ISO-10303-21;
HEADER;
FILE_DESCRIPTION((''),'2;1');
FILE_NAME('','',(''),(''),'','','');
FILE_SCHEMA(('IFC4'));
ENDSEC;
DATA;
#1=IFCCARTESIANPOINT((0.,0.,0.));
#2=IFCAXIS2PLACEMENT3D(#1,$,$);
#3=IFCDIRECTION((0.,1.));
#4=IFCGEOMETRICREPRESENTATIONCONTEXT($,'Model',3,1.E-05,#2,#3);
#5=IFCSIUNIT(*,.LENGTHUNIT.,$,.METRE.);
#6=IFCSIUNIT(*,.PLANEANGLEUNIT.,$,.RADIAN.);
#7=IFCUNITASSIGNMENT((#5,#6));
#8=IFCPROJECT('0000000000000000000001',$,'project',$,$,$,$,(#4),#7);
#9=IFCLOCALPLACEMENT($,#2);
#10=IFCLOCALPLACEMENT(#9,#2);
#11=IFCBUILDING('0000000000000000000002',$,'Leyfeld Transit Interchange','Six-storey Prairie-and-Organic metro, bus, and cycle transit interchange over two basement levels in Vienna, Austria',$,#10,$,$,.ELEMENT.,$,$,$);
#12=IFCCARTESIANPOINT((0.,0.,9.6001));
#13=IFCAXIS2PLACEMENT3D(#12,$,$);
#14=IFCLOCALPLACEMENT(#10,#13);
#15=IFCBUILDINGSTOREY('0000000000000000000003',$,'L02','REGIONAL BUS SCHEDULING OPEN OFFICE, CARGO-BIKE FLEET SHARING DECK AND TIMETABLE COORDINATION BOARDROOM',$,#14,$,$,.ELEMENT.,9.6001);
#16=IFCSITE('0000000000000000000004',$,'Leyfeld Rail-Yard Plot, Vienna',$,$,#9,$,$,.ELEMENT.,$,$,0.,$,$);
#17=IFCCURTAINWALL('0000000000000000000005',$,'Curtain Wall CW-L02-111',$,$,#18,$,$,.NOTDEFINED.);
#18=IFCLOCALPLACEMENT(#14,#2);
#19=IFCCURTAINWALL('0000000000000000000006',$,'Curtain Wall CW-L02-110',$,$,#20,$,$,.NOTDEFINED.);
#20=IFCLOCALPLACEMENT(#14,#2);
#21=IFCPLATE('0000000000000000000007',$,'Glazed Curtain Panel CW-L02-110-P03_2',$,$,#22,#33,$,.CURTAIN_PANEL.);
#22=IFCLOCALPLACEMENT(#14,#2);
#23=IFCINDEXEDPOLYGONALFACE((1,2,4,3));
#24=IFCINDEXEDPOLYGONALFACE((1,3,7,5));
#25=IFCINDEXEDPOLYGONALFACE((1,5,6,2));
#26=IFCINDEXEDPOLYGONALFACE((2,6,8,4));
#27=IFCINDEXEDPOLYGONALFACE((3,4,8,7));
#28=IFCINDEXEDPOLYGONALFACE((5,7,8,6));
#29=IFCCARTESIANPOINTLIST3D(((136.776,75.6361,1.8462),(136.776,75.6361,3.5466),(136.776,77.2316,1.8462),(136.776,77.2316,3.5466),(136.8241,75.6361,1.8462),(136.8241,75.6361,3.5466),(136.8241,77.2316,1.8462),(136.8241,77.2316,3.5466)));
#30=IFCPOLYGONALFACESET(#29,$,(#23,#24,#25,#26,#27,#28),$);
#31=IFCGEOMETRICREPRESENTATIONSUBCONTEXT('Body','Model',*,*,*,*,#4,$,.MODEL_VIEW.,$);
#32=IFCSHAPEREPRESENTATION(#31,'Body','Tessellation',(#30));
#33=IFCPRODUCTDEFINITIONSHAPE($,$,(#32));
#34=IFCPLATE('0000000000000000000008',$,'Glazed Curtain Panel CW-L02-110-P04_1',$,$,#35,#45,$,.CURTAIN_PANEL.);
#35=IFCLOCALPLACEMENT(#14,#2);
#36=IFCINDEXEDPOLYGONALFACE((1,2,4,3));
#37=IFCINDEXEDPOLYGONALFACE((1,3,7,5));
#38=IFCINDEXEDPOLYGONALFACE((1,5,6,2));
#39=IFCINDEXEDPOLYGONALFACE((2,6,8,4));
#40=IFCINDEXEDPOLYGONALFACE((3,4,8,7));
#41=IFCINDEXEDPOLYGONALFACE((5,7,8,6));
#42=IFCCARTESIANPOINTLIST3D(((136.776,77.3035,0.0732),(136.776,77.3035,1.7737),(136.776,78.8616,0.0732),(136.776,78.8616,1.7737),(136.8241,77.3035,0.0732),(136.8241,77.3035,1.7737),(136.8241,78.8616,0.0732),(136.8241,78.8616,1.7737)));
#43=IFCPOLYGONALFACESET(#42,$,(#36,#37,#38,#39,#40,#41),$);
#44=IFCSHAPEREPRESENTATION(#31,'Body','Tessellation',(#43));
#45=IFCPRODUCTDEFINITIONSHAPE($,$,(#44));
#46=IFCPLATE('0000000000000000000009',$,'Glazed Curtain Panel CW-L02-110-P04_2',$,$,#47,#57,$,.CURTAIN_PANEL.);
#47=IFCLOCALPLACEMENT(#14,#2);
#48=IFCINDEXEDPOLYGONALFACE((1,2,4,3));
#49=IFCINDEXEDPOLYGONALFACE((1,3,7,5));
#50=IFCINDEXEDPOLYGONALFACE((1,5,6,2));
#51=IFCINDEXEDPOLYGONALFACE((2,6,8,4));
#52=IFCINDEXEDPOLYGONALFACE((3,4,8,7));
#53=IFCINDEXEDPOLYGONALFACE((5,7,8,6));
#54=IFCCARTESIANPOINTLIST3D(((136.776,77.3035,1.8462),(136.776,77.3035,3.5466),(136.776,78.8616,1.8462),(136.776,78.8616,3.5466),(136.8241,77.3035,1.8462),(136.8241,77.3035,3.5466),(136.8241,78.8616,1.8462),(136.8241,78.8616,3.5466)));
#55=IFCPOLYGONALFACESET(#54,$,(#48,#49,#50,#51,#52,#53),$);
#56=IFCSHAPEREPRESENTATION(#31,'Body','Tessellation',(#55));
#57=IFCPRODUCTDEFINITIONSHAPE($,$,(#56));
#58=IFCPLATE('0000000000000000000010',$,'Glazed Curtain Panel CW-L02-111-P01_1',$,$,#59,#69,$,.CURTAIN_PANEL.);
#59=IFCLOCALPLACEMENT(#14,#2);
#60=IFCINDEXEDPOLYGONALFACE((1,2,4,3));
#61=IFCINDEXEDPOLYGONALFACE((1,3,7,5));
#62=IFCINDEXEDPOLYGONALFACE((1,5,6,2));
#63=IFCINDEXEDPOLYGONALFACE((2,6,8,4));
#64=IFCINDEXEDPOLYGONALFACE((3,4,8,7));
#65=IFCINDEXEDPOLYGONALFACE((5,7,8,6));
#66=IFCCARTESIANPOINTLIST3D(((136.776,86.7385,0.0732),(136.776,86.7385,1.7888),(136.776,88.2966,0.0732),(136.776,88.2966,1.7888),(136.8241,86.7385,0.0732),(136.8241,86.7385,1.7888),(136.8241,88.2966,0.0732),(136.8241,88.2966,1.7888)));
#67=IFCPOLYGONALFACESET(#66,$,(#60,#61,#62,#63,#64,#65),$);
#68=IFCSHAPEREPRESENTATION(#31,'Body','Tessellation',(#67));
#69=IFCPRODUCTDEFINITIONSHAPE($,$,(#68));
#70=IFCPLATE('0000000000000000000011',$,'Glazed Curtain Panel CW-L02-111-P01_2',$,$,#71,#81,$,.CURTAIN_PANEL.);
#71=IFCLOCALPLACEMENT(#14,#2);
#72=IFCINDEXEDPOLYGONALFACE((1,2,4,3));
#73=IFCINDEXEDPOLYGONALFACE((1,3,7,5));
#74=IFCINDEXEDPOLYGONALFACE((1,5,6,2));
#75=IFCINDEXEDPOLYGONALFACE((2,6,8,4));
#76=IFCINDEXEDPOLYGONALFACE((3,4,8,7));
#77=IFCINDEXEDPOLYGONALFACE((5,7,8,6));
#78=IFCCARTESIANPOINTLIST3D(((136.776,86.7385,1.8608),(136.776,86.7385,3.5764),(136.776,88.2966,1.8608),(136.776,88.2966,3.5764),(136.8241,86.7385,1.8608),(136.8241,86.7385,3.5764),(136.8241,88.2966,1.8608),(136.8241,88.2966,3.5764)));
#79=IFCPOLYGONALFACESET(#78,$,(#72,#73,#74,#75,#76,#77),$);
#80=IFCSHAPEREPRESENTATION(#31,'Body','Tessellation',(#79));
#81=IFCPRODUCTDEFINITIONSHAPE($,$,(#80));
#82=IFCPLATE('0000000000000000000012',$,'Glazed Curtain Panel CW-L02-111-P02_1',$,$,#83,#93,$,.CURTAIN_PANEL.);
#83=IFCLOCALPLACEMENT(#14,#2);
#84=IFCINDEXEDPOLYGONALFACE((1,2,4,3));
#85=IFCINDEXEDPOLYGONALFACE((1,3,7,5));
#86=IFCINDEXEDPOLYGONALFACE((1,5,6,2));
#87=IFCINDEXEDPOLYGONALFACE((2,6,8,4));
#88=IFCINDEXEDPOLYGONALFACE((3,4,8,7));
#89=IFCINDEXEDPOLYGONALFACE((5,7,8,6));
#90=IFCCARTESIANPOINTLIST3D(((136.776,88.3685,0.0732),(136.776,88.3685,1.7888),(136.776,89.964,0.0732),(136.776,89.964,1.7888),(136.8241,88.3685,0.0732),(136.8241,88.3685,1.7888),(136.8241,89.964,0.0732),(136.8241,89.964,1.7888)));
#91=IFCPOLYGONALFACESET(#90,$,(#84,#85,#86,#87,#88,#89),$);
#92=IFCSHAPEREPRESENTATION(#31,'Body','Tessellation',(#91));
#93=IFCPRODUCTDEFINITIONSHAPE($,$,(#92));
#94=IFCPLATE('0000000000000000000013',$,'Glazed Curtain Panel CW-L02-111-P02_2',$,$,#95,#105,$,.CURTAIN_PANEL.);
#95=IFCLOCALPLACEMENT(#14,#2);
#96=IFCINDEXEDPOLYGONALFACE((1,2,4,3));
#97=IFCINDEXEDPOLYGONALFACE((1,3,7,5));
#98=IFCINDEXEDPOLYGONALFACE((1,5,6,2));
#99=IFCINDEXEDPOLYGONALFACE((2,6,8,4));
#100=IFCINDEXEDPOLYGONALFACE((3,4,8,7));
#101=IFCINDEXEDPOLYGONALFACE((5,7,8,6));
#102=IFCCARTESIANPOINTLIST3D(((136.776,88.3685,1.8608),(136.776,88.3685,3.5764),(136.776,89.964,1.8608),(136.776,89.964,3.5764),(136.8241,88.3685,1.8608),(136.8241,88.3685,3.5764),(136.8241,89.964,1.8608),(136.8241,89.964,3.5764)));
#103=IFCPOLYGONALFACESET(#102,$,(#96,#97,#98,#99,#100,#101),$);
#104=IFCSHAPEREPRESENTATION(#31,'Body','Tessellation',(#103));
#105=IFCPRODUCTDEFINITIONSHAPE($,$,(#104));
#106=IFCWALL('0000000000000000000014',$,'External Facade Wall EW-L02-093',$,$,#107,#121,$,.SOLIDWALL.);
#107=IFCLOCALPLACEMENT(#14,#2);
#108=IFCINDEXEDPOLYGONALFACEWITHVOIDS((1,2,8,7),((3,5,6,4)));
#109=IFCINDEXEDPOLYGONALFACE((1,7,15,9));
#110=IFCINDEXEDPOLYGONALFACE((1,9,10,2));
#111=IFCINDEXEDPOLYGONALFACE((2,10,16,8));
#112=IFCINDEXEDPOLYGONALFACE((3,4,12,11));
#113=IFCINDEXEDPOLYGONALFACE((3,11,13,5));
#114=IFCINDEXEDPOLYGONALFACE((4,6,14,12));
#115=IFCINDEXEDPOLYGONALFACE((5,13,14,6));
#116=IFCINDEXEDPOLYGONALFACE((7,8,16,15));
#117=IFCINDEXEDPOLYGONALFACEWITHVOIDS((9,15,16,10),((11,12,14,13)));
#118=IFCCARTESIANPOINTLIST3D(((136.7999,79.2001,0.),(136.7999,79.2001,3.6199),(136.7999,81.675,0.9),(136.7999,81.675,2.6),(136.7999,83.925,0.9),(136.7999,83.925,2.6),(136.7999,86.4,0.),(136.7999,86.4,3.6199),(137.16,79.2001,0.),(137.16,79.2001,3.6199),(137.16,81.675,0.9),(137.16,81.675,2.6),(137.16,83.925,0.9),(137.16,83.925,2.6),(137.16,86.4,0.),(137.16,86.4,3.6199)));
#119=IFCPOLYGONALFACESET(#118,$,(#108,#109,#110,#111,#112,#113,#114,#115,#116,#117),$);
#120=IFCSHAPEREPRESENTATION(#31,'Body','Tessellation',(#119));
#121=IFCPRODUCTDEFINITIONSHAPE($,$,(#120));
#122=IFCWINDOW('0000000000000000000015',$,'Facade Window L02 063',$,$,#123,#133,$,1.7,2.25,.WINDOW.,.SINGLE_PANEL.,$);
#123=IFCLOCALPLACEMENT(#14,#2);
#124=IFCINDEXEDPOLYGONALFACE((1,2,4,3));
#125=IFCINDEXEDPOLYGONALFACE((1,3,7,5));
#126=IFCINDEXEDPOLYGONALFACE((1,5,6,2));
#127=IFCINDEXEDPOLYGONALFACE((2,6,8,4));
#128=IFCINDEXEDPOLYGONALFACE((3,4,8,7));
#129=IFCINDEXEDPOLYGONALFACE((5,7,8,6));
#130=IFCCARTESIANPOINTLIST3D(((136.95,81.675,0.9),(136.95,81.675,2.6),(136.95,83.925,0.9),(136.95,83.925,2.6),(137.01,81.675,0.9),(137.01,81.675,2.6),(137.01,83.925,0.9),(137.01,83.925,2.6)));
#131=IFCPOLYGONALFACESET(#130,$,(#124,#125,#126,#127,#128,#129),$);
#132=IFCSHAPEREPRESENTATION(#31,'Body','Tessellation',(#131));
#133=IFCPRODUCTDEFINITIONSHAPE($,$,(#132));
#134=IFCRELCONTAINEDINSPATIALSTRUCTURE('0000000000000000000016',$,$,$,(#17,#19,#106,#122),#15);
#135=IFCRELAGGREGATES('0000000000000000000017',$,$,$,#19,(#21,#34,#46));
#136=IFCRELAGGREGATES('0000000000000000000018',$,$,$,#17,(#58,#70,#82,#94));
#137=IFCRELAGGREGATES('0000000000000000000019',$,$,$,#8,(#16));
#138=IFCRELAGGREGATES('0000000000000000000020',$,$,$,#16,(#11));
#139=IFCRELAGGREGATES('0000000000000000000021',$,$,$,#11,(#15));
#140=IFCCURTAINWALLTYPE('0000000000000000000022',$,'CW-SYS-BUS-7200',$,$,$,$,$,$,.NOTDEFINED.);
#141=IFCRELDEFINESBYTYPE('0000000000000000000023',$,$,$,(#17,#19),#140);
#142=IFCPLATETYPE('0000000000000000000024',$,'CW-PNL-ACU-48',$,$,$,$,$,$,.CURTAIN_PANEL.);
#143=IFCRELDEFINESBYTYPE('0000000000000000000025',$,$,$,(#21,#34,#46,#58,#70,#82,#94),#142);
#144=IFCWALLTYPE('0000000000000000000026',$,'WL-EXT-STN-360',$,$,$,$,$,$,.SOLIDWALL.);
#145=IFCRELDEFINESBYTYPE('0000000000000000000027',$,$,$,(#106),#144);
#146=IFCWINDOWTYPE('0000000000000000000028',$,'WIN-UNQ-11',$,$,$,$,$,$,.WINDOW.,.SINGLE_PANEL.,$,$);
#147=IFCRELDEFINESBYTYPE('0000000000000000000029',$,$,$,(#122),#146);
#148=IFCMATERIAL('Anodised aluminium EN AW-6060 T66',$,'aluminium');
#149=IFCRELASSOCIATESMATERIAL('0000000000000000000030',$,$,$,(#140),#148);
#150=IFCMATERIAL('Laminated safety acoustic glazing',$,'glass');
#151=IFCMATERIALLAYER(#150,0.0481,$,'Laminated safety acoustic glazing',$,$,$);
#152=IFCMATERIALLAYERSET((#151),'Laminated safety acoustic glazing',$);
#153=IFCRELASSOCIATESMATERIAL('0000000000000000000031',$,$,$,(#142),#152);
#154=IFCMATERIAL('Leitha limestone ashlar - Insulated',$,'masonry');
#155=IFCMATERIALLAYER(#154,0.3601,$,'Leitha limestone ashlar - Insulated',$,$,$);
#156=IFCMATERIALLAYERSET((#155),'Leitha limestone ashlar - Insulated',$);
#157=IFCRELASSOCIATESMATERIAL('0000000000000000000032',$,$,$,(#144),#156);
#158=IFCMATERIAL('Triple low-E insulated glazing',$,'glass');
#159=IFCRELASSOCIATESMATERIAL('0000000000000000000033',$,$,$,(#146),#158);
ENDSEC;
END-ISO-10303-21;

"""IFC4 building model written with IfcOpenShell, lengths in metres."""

from ifc_helpers import new_model, si_unit, direction, frame, frame_2d, origin, origin_2d, place, context, subcontext, project, spatial, rectangle, extrude, material, layer, layer_set, type_object, element, fill, aggregate, save


model = new_model("IFC4")

# Units and contexts
model_context = context("Model", 3, precision=1e-05, world=origin(), true_north=direction((0.0, 1.0)))
body_context = subcontext(model_context, "Body", "Model", "MODEL_VIEW")
ifc_project = project(units=[si_unit("LENGTHUNIT", "METRE"), si_unit("PLANEANGLEUNIT", "RADIAN")], contexts=[model_context])

# Site, building, storey
site_placement = place(None, origin())
site = spatial("IfcSite", under=ifc_project, at=site_placement, Name="Leyfeld Rail-Yard Plot, Vienna", CompositionType="ELEMENT", RefElevation=0.0)
building_placement = place(site_placement, origin())
building = spatial("IfcBuilding", under=site, at=building_placement, Name="Leyfeld Transit Interchange", Description="Six-storey Prairie-and-Organic metro, bus, and cycle transit interchange over two basement levels in Vienna, Austria", CompositionType="ELEMENT")
storey_placement = place(building_placement, frame((0.0, 0.0, 9.6001)))
storey = spatial("IfcBuildingStorey", under=building, at=storey_placement, Name="L02", Description="REGIONAL BUS SCHEDULING OPEN OFFICE, CARGO-BIKE FLEET SHARING DECK AND TIMETABLE COORDINATION BOARDROOM", CompositionType="ELEMENT", Elevation=9.6001)

# Curtain wall
ifc_material_1 = material(Name="Anodised aluminium EN AW-6060 T66", Category="aluminium")
curtain_wall_type = type_object("IfcCurtainWallType", Name="CW-SYS-BUS-7200", PredefinedType="NOTDEFINED", material=ifc_material_1)
curtain_wall_1_placement = place(storey_placement, origin())
curtain_wall_1 = element("IfcCurtainWall", 1, at=curtain_wall_1_placement, inside=storey, type_object=curtain_wall_type, Name="Curtain Wall CW-L02-111", PredefinedType="NOTDEFINED")

# Curtain wall, plates
curtain_wall_2_placement = place(storey_placement, origin())
curtain_wall_2 = element("IfcCurtainWall", 2, at=curtain_wall_2_placement, inside=storey, type_object=curtain_wall_type, Name="Curtain Wall CW-L02-110", PredefinedType="NOTDEFINED")
ifc_material_2 = material(Name="Laminated safety acoustic glazing", Category="glass")
ifc_layer_1 = layer(ifc_material_2, 0.0481, Name="Laminated safety acoustic glazing")
ifc_layer_set_1 = layer_set([ifc_layer_1], Name="Laminated safety acoustic glazing")
plate_type = type_object("IfcPlateType", Name="CW-PNL-ACU-48", PredefinedType="CURTAIN_PANEL", material=ifc_layer_set_1)
plate_1_placement = place(storey_placement, frame((136.8, 76.4338, 1.8462), z_axis=(0.0, 0.0, 1.0), x_axis=(0.0, 1.0, 0.0)))
plate_1 = element("IfcPlate", 3, at=plate_1_placement, type_object=plate_type, Name="Glazed Curtain Panel CW-L02-110-P03_2", PredefinedType="CURTAIN_PANEL", context=body_context, shape_type="SweptSolid", body=[
    extrude(rectangle(XDim=1.5955, YDim=0.0481, at=origin_2d()), origin(), (0.0, 0.0, 1.0), 1.7004),
])
plate_2_placement = place(storey_placement, frame((136.8, 78.0825, 0.0732), z_axis=(0.0, 0.0, 1.0), x_axis=(0.0, 1.0, 0.0)))
plate_2 = element("IfcPlate", 4, at=plate_2_placement, type_object=plate_type, Name="Glazed Curtain Panel CW-L02-110-P04_1", PredefinedType="CURTAIN_PANEL", context=body_context, shape_type="SweptSolid", body=[
    extrude(rectangle(XDim=1.5581, YDim=0.0481, at=origin_2d()), origin(), (0.0, 0.0, 1.0), 1.7004),
])
plate_3_placement = place(storey_placement, frame((136.8, 78.0825, 1.8462), z_axis=(0.0, 0.0, 1.0), x_axis=(0.0, 1.0, 0.0)))
plate_3 = element("IfcPlate", 5, at=plate_3_placement, type_object=plate_type, Name="Glazed Curtain Panel CW-L02-110-P04_2", PredefinedType="CURTAIN_PANEL", context=body_context, shape_type="SweptSolid", body=[
    extrude(rectangle(XDim=1.5581, YDim=0.0481, at=origin_2d()), origin(), (0.0, 0.0, 1.0), 1.7004),
])
aggregate(curtain_wall_2, [plate_1, plate_2, plate_3])

# Plates
plate_4_placement = place(storey_placement, frame((136.8, 87.5176, 0.0732), z_axis=(0.0, 0.0, 1.0), x_axis=(0.0, 1.0, 0.0)))
plate_4 = element("IfcPlate", 6, at=plate_4_placement, type_object=plate_type, Name="Glazed Curtain Panel CW-L02-111-P01_1", PredefinedType="CURTAIN_PANEL", context=body_context, shape_type="SweptSolid", body=[
    extrude(rectangle(XDim=1.5581, YDim=0.0481, at=origin_2d()), origin(), (0.0, 0.0, 1.0), 1.7156),
])
plate_5_placement = place(storey_placement, frame((136.8, 87.5176, 1.8608), z_axis=(0.0, 0.0, 1.0), x_axis=(0.0, 1.0, 0.0)))
plate_5 = element("IfcPlate", 7, at=plate_5_placement, type_object=plate_type, Name="Glazed Curtain Panel CW-L02-111-P01_2", PredefinedType="CURTAIN_PANEL", context=body_context, shape_type="SweptSolid", body=[
    extrude(rectangle(XDim=1.5581, YDim=0.0481, at=origin_2d()), origin(), (0.0, 0.0, 1.0), 1.7156),
])
plate_6_placement = place(storey_placement, frame((136.8, 89.1663, 0.0732), z_axis=(0.0, 0.0, 1.0), x_axis=(0.0, 1.0, 0.0)))
plate_6 = element("IfcPlate", 8, at=plate_6_placement, type_object=plate_type, Name="Glazed Curtain Panel CW-L02-111-P02_1", PredefinedType="CURTAIN_PANEL", context=body_context, shape_type="SweptSolid", body=[
    extrude(rectangle(XDim=1.5955, YDim=0.0481, at=origin_2d()), origin(), (0.0, 0.0, 1.0), 1.7156),
])
plate_7_placement = place(storey_placement, frame((136.8, 89.1663, 1.8608), z_axis=(0.0, 0.0, 1.0), x_axis=(0.0, 1.0, 0.0)))
plate_7 = element("IfcPlate", 9, at=plate_7_placement, type_object=plate_type, Name="Glazed Curtain Panel CW-L02-111-P02_2", PredefinedType="CURTAIN_PANEL", context=body_context, shape_type="SweptSolid", body=[
    extrude(rectangle(XDim=1.5955, YDim=0.0481, at=origin_2d()), origin(), (0.0, 0.0, 1.0), 1.7156),
])
aggregate(curtain_wall_1, [plate_4, plate_5, plate_6, plate_7])

# Wall, opening, window
ifc_material_3 = material(Name="Leitha limestone ashlar - Insulated", Category="masonry")
ifc_layer_2 = layer(ifc_material_3, 0.3601, Name="Leitha limestone ashlar - Insulated")
ifc_layer_set_2 = layer_set([ifc_layer_2], Name="Leitha limestone ashlar - Insulated")
wall_type = type_object("IfcWallType", Name="WL-EXT-STN-360", PredefinedType="SOLIDWALL", material=ifc_layer_set_2)
wall_placement = place(storey_placement, frame((136.98, 79.2, 0.0), z_axis=(0.0, 0.0, 1.0), x_axis=(0.0, 1.0, 0.0)))
wall = element("IfcWall", 10, at=wall_placement, inside=storey, type_object=wall_type, Name="External Facade Wall EW-L02-093", PredefinedType="SOLIDWALL", context=body_context, shape_type="SweptSolid", body=[
    extrude(rectangle(XDim=7.2, YDim=0.3601, at=frame_2d((3.6001, 0.0))), origin(), (0.0, 0.0, 1.0), 3.6199),
])
opening_placement = place(wall_placement, frame((2.4751, 0.0, 0.8999)))
opening = element("IfcOpeningElement", 11, at=opening_placement, cuts=wall, PredefinedType="OPENING", context=body_context, shape_type="SweptSolid", body=[
    extrude(rectangle(XDim=2.25, YDim=1.7, at=frame_2d((1.125, 0.8501))), frame((0.0, 0.1899, 0.0), z_axis=(0.0, -1.0, 0.0), x_axis=(1.0, 0.0, 0.0)), (0.0, 0.0, 1.0), 0.3801),
])
ifc_material_4 = material(Name="Triple low-E insulated glazing", Category="glass")
window_type = type_object("IfcWindowType", Name="WIN-UNQ-11", PartitioningType="SINGLE_PANEL", PredefinedType="WINDOW", material=ifc_material_4)
window_placement = place(opening_placement, origin())
window = element("IfcWindow", 12, at=window_placement, inside=storey, type_object=window_type, Name="Facade Window L02 063", OverallHeight=1.7, OverallWidth=2.25, PartitioningType="SINGLE_PANEL", PredefinedType="WINDOW", context=body_context, shape_type="SweptSolid", body=[
    extrude(rectangle(XDim=2.25, YDim=1.7, at=frame_2d((1.125, 0.8501))), frame((0.0, 0.03, 0.0), z_axis=(0.0, -1.0, 0.0), x_axis=(1.0, 0.0, 0.0)), (0.0, 0.0, 1.0), 0.0601),
])
fill(opening, window)

save(model, "model.ifc")
